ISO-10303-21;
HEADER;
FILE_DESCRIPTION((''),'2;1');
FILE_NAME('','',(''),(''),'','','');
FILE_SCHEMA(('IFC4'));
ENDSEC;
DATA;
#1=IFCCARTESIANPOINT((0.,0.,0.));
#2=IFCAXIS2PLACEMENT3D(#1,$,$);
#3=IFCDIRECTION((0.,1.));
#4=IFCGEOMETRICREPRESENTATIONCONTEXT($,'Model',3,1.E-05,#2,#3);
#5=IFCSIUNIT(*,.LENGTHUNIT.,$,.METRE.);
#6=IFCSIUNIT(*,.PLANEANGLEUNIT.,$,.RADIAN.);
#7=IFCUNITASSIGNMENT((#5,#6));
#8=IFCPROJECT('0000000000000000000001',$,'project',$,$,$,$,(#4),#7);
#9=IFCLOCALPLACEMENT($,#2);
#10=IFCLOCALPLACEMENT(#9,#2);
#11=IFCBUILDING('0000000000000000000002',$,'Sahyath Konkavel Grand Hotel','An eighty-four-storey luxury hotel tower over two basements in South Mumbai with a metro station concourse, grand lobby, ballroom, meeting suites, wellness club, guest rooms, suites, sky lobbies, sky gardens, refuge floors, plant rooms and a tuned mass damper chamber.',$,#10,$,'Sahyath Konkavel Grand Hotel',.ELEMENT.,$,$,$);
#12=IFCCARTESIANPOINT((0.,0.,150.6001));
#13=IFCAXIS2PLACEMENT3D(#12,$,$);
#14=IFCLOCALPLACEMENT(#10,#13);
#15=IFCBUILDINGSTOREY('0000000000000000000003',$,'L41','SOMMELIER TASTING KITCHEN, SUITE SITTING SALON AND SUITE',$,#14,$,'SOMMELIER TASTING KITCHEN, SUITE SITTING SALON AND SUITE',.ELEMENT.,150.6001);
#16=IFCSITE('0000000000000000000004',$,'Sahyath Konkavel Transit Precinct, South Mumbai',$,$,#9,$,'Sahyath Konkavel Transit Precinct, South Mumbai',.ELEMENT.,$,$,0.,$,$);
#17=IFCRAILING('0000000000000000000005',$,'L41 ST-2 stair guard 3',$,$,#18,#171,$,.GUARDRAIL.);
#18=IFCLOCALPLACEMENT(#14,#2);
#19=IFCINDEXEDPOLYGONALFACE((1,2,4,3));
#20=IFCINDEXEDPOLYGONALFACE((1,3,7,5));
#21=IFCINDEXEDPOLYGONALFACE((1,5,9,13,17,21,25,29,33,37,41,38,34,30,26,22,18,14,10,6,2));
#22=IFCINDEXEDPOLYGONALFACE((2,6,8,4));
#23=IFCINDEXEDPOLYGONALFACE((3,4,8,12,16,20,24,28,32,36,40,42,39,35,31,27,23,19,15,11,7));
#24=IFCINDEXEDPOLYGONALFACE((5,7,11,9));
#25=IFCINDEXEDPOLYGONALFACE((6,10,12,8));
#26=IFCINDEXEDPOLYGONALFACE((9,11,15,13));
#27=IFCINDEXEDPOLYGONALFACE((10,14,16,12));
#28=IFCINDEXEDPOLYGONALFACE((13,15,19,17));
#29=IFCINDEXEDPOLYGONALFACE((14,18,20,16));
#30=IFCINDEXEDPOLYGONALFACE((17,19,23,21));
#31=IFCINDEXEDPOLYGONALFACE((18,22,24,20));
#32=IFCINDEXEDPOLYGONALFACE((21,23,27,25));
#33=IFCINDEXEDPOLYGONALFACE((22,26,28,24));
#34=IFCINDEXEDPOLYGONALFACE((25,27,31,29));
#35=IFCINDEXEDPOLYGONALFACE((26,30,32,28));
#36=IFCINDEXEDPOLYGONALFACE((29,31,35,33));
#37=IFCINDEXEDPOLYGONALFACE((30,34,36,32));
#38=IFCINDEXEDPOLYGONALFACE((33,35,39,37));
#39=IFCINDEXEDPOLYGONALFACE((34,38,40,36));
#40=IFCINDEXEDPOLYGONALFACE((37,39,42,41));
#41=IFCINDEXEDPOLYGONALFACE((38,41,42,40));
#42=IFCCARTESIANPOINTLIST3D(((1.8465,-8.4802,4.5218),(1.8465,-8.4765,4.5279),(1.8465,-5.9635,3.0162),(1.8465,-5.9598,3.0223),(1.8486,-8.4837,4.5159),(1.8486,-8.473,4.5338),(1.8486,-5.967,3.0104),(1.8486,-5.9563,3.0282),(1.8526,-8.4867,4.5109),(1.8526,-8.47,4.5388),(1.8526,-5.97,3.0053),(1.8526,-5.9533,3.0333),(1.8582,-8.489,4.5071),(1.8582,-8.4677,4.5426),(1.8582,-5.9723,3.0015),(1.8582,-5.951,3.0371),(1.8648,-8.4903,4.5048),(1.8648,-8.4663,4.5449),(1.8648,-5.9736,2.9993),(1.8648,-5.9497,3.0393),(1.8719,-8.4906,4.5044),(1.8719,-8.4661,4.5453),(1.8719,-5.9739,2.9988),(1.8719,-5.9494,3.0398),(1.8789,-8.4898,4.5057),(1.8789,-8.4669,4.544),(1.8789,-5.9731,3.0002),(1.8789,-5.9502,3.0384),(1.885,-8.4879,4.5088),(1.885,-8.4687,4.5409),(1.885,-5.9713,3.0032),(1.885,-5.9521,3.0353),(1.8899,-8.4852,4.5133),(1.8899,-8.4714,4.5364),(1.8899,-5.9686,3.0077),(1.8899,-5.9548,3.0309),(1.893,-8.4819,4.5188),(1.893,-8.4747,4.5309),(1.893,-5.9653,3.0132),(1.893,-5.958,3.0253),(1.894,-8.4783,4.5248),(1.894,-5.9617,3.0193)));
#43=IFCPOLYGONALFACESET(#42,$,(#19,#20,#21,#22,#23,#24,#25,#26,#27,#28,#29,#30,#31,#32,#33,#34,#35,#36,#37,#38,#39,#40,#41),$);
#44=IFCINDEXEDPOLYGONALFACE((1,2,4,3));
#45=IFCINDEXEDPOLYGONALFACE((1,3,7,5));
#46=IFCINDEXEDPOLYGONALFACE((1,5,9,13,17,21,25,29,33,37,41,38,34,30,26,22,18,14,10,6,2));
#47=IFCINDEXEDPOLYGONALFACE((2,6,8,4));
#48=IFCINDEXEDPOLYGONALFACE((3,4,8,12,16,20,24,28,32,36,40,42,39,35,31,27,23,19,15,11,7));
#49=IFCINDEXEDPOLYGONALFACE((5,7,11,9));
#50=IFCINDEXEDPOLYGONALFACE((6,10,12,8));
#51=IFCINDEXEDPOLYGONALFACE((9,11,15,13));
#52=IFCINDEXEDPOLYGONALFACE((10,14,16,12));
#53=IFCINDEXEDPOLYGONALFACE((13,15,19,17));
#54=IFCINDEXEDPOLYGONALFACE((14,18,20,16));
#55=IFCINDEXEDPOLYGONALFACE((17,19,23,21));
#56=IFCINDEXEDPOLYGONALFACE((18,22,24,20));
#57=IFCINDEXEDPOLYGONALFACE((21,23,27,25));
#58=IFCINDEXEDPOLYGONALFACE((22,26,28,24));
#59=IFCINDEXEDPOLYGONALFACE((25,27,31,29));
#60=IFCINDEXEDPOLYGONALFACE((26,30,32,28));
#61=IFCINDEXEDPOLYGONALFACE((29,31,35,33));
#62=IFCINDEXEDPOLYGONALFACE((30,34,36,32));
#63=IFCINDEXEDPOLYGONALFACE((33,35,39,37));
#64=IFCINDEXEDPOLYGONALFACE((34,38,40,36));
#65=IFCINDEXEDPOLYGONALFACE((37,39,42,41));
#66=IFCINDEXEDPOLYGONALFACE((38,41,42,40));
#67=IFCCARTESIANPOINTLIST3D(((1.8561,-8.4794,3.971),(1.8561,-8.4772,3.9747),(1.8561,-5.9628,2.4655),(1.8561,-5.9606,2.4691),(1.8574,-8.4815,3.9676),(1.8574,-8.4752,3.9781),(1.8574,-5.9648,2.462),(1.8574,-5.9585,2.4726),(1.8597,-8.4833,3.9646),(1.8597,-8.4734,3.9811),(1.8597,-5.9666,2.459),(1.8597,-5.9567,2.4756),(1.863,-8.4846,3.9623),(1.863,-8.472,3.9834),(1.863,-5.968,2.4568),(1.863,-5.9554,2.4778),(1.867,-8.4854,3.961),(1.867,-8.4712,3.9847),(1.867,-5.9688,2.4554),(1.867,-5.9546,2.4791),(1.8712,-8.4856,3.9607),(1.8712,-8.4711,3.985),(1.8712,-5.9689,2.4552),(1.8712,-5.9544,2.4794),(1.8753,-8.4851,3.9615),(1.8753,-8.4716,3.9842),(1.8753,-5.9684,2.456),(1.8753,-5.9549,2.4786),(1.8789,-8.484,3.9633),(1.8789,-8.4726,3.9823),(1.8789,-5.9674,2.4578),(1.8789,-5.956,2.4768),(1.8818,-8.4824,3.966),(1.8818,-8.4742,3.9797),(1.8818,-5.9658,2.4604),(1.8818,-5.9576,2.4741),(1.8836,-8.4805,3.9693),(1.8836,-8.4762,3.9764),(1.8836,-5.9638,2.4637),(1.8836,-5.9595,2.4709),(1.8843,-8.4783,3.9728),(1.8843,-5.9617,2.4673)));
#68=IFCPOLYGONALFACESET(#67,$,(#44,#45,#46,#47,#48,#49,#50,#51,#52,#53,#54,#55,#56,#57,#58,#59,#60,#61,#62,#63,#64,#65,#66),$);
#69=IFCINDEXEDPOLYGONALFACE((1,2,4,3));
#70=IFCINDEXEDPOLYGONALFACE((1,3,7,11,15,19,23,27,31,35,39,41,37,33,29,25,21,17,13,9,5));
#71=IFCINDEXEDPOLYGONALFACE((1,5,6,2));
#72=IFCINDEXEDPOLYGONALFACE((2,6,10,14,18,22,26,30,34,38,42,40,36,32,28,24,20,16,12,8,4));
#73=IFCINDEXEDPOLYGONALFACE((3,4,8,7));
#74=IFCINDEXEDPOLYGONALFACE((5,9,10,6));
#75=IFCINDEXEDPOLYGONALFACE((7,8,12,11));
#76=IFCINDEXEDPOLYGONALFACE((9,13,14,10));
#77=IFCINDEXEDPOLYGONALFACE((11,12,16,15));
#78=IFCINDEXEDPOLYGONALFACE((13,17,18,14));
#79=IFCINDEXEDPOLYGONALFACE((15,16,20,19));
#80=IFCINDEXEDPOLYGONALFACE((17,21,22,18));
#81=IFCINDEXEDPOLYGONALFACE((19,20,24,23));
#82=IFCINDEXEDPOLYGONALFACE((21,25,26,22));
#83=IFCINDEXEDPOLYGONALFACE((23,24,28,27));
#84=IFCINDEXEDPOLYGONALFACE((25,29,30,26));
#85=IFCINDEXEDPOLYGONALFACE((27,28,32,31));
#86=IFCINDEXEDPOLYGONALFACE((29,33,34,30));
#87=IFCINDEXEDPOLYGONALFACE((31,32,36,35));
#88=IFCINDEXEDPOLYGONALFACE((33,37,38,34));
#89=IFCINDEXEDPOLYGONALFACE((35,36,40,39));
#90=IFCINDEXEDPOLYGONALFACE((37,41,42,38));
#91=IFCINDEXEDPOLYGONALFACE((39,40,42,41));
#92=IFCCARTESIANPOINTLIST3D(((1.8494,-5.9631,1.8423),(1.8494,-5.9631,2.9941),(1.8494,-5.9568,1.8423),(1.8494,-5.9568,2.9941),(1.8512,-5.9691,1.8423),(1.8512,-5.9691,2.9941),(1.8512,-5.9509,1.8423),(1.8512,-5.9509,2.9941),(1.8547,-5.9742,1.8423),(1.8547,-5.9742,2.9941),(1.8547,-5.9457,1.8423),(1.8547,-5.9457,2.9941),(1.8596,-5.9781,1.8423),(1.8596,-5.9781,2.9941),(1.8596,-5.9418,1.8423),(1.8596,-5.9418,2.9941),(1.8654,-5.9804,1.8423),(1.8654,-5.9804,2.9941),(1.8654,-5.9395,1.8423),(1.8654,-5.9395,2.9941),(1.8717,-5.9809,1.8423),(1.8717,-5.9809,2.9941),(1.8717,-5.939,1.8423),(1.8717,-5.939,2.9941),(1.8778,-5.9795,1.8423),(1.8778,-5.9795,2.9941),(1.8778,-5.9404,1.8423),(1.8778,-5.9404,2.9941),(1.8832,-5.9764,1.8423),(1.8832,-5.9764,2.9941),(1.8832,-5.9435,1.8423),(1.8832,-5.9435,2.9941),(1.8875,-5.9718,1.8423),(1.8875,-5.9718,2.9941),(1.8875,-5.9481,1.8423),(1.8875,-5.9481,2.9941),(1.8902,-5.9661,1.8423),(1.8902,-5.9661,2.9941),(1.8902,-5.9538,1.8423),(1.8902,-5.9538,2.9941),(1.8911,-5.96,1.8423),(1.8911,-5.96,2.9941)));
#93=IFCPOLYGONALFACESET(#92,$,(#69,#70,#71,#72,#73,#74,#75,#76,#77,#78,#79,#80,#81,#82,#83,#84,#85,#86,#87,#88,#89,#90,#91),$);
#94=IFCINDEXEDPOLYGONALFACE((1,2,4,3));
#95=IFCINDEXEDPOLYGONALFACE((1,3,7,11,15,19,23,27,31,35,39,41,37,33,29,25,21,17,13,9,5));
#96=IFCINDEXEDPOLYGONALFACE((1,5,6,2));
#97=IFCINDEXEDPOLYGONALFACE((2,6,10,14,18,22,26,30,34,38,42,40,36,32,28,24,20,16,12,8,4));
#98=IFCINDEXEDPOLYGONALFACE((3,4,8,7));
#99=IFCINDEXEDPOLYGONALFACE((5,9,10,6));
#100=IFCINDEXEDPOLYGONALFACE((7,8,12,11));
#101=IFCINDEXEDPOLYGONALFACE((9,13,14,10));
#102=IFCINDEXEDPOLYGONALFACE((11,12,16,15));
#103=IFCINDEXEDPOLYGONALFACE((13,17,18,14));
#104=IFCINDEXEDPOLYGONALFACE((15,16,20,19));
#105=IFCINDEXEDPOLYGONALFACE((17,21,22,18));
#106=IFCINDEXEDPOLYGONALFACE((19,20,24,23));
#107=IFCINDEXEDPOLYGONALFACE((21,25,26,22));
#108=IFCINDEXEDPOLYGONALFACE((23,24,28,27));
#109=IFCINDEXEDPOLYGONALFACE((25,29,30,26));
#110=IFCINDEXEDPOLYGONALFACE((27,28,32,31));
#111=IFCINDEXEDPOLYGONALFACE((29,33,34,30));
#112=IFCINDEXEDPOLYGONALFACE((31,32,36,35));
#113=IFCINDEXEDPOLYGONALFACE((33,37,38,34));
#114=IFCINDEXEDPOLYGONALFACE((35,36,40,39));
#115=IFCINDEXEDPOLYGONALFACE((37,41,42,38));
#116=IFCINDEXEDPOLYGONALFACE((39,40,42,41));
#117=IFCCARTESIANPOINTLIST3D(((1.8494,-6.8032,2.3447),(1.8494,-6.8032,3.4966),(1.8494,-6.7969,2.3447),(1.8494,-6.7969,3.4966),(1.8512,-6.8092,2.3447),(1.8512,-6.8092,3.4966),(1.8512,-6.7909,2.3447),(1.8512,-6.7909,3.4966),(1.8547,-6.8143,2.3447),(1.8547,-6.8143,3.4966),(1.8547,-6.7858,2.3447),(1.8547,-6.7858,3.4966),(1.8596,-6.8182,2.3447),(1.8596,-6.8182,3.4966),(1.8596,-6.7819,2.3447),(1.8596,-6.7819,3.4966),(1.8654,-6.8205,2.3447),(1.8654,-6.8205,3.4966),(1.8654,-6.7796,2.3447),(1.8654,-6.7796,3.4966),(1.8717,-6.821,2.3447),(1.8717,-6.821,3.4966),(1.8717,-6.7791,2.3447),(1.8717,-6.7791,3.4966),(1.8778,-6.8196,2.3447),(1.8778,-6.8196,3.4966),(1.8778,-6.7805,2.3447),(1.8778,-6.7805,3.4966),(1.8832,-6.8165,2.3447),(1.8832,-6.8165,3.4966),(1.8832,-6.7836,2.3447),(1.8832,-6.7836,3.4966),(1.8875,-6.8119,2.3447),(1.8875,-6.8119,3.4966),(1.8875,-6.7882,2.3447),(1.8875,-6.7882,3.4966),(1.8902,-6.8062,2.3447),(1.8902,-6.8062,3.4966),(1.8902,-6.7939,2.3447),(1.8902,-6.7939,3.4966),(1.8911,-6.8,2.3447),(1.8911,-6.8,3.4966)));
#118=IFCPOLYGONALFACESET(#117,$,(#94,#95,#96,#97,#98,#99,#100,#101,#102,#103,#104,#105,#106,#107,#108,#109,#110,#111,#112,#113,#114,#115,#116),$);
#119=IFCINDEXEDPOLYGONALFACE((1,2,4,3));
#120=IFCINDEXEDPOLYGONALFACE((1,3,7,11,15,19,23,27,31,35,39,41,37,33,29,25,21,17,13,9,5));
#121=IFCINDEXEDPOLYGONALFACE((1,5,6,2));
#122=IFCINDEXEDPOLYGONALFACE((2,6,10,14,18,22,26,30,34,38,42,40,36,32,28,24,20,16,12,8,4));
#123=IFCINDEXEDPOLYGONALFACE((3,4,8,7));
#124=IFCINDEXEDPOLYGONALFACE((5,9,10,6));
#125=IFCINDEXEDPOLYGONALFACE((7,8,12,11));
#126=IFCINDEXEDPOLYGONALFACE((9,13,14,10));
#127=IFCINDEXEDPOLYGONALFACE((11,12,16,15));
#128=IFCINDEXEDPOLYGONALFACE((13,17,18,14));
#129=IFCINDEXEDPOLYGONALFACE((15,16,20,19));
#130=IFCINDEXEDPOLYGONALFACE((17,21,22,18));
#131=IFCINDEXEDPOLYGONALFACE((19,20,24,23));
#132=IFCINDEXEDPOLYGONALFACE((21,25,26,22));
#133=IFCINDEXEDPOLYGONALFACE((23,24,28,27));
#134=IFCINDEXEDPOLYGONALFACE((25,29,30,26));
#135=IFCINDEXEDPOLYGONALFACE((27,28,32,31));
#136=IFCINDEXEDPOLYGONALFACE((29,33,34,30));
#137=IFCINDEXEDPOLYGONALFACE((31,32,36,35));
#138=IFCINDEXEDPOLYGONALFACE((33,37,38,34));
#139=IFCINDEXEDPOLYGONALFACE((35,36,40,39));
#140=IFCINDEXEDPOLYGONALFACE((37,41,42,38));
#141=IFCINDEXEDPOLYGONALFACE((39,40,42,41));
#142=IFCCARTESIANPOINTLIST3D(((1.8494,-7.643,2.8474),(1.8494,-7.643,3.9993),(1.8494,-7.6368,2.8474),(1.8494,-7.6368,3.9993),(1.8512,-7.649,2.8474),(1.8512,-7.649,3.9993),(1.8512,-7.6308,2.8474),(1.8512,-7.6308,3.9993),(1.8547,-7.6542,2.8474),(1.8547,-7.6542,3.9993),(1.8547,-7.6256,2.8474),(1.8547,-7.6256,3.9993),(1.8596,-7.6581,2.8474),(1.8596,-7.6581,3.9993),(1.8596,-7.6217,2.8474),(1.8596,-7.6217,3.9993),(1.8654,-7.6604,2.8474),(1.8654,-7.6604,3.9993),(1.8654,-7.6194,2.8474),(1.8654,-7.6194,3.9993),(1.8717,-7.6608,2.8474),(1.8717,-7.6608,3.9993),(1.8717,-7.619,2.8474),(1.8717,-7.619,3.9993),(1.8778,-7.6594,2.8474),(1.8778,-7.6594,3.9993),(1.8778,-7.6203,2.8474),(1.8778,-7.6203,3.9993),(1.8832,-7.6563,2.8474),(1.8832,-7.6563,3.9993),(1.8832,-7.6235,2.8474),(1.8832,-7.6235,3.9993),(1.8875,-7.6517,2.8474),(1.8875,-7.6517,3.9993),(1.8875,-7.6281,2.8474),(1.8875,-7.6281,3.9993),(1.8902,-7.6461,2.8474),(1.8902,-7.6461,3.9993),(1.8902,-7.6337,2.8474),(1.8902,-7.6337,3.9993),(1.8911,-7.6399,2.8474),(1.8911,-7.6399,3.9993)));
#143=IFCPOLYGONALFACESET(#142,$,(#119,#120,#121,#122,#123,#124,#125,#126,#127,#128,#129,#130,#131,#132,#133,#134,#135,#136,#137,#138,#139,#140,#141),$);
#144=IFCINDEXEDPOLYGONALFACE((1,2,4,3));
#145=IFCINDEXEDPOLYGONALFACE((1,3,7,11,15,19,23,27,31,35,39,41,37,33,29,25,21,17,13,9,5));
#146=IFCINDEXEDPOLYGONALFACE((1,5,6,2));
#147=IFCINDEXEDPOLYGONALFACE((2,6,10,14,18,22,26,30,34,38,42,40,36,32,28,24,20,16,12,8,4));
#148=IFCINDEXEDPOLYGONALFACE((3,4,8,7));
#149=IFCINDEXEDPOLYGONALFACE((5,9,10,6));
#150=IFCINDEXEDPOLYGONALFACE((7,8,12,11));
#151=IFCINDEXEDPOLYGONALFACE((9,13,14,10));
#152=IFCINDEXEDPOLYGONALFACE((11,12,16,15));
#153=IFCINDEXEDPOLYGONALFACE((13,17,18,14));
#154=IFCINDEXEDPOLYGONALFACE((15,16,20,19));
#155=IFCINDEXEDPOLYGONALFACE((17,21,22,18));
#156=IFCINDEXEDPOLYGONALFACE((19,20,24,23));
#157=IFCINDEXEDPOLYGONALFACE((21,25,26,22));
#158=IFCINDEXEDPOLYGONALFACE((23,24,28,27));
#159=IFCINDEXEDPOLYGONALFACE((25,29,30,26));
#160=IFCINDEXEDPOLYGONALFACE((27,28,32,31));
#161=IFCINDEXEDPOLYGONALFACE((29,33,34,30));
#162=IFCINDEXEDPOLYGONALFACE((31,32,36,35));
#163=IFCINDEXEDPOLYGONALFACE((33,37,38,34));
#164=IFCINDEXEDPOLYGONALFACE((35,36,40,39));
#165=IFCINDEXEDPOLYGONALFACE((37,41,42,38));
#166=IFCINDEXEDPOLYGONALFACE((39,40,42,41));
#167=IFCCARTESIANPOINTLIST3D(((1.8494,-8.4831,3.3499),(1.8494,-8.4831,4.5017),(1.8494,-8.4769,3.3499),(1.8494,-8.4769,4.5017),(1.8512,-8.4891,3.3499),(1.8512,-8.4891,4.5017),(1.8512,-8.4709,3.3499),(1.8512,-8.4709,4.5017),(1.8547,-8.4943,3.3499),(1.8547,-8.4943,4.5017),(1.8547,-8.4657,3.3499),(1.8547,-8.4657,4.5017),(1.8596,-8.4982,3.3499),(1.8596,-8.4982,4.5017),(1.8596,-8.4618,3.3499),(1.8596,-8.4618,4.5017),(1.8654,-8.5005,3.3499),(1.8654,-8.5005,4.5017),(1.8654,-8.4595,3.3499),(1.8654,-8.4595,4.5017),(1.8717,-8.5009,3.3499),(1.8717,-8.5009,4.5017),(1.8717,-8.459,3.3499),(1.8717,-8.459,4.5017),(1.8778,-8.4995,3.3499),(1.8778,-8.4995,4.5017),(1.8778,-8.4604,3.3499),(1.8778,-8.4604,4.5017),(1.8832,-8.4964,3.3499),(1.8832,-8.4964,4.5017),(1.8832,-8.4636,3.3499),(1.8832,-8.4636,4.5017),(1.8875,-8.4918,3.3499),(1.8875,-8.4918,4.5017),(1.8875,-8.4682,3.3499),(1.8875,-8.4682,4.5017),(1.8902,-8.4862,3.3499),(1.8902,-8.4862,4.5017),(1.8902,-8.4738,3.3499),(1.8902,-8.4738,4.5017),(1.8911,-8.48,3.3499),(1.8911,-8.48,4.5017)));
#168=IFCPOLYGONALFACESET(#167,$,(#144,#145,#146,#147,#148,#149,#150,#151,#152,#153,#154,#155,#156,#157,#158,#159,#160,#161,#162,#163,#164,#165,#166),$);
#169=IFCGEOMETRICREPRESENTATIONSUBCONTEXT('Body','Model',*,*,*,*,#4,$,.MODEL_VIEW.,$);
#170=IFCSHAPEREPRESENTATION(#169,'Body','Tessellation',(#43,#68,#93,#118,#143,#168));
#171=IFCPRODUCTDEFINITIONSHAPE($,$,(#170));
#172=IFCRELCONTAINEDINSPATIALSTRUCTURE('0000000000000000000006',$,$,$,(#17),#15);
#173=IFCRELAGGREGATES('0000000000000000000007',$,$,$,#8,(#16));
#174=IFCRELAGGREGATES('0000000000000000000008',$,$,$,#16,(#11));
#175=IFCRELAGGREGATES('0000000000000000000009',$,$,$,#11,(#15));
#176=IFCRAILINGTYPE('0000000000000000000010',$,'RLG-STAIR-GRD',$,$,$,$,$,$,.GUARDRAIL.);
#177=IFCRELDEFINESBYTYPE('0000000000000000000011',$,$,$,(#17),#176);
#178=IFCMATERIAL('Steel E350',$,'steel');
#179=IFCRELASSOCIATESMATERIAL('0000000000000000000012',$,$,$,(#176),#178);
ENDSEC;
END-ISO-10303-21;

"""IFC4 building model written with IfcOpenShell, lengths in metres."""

from ifc_helpers import new_model, si_unit, direction, frame, origin, origin_2d, place, context, subcontext, project, spatial, circle, extrude, material, type_object, element, save


model = new_model("IFC4")

# Units and contexts
model_context = context("Model", 3, precision=1e-05, world=origin(), true_north=direction((0.0, 1.0)))
body_context = subcontext(model_context, "Body", "Model", "MODEL_VIEW")
ifc_project = project(units=[si_unit("LENGTHUNIT", "METRE"), si_unit("PLANEANGLEUNIT", "RADIAN")], contexts=[model_context])

# Site, building, storey
site_placement = place(None, origin())
site = spatial("IfcSite", under=ifc_project, at=site_placement, Name="Sahyath Konkavel Transit Precinct, South Mumbai", LongName="Sahyath Konkavel Transit Precinct, South Mumbai", CompositionType="ELEMENT", RefElevation=0.0)
building_placement = place(site_placement, origin())
building = spatial("IfcBuilding", under=site, at=building_placement, Name="Sahyath Konkavel Grand Hotel", Description="An eighty-four-storey luxury hotel tower over two basements in South Mumbai with a metro station concourse, grand lobby, ballroom, meeting suites, wellness club, guest rooms, suites, sky lobbies, sky gardens, refuge floors, plant rooms and a tuned mass damper chamber.", LongName="Sahyath Konkavel Grand Hotel", CompositionType="ELEMENT")
storey_placement = place(building_placement, frame((0.0, 0.0, 150.6001)))
storey = spatial("IfcBuildingStorey", under=building, at=storey_placement, Name="L41", Description="SOMMELIER TASTING KITCHEN, SUITE SITTING SALON AND SUITE", LongName="SOMMELIER TASTING KITCHEN, SUITE SITTING SALON AND SUITE", CompositionType="ELEMENT", Elevation=150.6001)

# Shared definitions
ifc_material_1 = material(Name="Steel E350", Category="steel")

# Railing
railing_type_1 = type_object("IfcRailingType", Name="RLG-STAIR-GRD", PredefinedType="GUARDRAIL", material=ifc_material_1)
railing_1_placement = place(storey_placement, frame((1.8701, -5.96, 1.8423)))
element("IfcRailing", 1, at=railing_1_placement, inside=storey, type_object=railing_type_1, Name="L41 ST-2 stair guard 3", PredefinedType="GUARDRAIL", context=body_context, shape_type="SweptSolid", body=[
    extrude(circle(Radius=0.0239, at=origin_2d()), frame((0.0, -0.0017, 1.177), z_axis=(0.0, -0.85816, 0.513383), x_axis=(1.0, 0.0, 0.0)), (0.0, 0.0, 1.0), 2.9326),
    extrude(circle(Radius=0.0142, at=origin_2d()), frame((0.0, -0.0017, 0.625), z_axis=(0.0, -0.85816, 0.513383), x_axis=(1.0, 0.0, 0.0)), (0.0, 0.0, 1.0), 2.9326),
    extrude(circle(Radius=0.021, at=origin_2d()), origin(), (0.0, 0.0, 1.0), 1.1519),
    extrude(circle(Radius=0.021, at=origin_2d()), frame((0.0, -0.8401, 0.5024)), (0.0, 0.0, 1.0), 1.1519),
    extrude(circle(Radius=0.021, at=origin_2d()), frame((0.0, -1.6799, 1.0051)), (0.0, 0.0, 1.0), 1.1519),
    extrude(circle(Radius=0.021, at=origin_2d()), frame((0.0, -2.52, 1.5076)), (0.0, 0.0, 1.0), 1.1519),
])

save(model, "model.ifc")
